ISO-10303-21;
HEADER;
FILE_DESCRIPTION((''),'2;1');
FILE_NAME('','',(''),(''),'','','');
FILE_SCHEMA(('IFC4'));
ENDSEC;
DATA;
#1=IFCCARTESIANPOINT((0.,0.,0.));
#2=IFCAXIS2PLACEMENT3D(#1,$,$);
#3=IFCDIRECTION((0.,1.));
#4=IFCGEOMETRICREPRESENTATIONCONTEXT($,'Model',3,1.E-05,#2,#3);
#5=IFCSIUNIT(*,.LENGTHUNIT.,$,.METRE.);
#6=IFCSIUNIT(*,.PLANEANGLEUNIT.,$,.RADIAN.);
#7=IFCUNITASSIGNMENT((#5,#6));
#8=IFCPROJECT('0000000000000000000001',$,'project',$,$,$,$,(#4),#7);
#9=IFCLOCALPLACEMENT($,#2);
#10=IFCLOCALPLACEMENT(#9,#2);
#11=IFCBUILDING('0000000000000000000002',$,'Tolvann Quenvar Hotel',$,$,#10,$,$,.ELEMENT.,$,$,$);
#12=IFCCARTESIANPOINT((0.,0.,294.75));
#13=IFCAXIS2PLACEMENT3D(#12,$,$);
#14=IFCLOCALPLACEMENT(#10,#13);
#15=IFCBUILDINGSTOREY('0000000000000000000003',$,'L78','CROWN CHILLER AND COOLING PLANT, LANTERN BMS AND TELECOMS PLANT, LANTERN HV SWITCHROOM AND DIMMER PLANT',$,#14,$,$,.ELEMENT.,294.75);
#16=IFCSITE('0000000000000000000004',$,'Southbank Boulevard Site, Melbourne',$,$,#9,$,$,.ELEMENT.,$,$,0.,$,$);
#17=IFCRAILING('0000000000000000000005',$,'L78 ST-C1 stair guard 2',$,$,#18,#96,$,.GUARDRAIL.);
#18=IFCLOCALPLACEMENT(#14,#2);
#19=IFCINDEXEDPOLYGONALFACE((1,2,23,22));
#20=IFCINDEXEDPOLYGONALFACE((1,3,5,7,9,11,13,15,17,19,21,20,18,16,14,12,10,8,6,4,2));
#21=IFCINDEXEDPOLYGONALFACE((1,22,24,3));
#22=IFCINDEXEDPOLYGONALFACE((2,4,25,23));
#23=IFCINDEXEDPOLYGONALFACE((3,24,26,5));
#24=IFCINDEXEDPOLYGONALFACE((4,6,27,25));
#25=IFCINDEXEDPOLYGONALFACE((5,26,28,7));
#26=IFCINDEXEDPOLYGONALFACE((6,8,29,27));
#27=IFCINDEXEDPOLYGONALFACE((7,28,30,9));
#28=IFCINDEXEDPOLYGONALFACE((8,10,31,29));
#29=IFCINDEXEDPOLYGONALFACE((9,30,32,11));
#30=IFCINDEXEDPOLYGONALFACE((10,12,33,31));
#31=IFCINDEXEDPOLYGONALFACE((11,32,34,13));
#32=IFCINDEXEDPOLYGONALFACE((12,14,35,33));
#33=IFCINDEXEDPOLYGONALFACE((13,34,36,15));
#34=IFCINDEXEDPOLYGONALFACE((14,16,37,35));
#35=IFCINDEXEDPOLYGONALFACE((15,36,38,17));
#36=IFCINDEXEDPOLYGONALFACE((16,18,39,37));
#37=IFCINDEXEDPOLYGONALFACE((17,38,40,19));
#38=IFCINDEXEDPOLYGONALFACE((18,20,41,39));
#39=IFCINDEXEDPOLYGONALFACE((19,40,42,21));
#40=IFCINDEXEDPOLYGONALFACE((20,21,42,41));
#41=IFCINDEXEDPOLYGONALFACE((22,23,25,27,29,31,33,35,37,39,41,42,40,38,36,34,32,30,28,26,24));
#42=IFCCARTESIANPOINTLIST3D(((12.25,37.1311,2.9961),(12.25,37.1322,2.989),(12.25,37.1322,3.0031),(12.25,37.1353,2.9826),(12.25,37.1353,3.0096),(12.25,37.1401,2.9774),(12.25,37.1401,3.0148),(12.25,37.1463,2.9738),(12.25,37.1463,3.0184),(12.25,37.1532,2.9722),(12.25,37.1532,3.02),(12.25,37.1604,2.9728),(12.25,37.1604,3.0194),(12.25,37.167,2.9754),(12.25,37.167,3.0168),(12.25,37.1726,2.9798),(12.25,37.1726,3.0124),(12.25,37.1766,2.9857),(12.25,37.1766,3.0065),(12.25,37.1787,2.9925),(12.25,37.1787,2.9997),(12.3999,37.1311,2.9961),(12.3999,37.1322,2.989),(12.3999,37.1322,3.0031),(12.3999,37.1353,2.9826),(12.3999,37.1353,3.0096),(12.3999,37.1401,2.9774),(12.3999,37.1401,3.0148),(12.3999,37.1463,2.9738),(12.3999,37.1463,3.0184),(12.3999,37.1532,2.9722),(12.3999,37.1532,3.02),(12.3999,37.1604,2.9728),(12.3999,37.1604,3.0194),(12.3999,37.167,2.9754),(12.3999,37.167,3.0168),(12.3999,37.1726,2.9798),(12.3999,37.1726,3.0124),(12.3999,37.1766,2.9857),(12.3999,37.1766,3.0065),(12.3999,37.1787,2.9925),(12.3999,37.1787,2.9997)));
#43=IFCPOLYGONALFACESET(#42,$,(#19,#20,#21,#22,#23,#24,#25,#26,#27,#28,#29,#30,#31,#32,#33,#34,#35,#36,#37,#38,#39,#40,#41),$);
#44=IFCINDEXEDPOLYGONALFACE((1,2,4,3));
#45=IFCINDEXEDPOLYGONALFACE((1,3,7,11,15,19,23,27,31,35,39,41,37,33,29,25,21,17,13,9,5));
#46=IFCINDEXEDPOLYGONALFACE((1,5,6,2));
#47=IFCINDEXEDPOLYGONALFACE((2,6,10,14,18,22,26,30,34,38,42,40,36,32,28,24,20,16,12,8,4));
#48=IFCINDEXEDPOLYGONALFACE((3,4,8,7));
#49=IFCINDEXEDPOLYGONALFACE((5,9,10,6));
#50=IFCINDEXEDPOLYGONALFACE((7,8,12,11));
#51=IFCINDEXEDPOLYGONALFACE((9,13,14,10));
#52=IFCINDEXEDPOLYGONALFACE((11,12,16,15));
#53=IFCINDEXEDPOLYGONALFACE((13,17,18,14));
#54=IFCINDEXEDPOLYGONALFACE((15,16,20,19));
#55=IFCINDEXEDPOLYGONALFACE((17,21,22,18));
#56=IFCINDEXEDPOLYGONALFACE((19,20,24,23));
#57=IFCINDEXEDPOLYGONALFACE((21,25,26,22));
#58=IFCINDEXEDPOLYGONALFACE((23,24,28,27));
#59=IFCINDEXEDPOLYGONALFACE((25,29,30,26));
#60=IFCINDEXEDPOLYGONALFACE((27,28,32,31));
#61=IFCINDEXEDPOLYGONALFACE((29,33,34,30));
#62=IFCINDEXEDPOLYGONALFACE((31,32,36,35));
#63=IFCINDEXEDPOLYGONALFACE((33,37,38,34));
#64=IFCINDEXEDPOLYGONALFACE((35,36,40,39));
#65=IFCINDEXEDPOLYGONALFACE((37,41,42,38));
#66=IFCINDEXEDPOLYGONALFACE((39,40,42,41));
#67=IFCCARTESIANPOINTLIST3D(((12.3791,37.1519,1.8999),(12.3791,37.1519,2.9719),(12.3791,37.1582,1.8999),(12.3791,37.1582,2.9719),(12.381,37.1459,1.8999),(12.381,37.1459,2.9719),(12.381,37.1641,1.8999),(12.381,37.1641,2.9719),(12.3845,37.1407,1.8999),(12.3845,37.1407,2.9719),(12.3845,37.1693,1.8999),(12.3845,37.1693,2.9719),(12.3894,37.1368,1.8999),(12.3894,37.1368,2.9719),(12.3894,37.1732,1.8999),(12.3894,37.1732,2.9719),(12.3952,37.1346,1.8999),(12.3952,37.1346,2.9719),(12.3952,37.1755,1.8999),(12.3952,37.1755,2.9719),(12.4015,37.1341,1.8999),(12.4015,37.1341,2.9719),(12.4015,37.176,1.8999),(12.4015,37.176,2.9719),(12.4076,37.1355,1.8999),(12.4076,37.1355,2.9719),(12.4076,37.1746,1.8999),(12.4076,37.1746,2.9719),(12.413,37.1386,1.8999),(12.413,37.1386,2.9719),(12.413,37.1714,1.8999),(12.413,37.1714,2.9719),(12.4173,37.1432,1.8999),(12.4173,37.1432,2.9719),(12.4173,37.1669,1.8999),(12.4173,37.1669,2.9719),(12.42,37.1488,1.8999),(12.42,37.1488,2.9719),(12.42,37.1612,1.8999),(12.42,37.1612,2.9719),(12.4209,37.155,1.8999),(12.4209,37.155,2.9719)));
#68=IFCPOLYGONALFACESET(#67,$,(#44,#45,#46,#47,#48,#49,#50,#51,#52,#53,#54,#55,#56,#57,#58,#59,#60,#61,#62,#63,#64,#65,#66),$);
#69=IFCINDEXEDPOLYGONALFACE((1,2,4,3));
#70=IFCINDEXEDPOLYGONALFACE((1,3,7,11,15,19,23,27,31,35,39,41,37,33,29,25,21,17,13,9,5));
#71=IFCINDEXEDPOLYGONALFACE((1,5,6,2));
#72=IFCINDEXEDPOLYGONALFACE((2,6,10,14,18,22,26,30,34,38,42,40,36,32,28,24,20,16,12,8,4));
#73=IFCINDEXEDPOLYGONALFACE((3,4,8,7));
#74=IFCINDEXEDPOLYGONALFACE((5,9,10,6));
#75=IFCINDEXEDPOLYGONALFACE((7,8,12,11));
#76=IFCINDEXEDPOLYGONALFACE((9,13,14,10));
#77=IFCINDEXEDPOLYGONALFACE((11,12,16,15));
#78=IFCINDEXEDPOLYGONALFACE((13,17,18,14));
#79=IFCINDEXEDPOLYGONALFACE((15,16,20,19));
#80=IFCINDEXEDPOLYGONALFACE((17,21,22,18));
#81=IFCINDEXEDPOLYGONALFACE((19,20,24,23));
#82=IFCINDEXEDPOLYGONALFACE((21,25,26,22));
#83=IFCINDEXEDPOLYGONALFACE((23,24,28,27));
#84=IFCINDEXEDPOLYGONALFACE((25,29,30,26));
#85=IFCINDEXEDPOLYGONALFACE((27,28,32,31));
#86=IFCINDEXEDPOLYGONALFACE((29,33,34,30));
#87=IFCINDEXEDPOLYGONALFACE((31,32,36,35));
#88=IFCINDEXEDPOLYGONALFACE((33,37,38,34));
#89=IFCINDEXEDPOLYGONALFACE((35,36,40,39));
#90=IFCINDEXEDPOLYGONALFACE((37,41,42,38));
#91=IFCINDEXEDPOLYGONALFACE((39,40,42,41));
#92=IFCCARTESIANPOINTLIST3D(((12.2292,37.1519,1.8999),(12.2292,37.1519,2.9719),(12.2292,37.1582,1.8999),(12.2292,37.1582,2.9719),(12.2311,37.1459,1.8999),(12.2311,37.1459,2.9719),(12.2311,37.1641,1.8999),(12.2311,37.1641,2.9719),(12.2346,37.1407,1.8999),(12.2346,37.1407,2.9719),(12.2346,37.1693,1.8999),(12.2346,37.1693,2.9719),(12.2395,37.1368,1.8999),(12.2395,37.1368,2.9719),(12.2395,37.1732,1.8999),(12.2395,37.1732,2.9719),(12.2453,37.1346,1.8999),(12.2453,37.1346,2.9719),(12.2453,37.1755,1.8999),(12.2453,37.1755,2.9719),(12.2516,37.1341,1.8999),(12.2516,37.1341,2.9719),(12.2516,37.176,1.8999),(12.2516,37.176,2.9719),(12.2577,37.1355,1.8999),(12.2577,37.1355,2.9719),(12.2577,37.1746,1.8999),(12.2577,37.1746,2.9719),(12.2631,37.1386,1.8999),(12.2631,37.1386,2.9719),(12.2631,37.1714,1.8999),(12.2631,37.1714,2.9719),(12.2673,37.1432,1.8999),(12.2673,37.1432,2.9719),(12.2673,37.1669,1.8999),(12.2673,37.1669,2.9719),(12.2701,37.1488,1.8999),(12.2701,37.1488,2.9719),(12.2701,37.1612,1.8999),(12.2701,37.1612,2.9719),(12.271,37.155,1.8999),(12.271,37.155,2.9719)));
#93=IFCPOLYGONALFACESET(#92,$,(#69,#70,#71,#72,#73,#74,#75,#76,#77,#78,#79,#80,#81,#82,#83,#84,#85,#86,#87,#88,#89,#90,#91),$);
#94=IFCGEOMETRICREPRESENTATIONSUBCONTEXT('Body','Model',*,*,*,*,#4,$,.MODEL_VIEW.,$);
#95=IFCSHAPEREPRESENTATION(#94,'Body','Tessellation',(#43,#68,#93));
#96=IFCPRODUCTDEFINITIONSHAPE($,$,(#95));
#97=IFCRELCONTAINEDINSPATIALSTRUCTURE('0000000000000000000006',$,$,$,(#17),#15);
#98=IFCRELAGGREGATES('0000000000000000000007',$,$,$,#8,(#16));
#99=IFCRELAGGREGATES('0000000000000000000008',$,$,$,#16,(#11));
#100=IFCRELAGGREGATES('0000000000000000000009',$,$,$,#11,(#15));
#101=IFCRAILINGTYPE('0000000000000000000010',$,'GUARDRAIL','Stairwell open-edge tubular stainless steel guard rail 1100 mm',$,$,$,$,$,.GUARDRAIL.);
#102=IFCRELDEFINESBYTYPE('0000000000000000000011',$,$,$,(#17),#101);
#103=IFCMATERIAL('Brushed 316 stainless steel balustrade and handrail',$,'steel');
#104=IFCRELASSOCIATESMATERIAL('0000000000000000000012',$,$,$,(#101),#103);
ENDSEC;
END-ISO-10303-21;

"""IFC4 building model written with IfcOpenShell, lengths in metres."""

from ifc_helpers import new_model, si_unit, direction, frame, origin, origin_2d, place, context, subcontext, project, spatial, circle, extrude, material, type_object, element, save


model = new_model("IFC4")

# Units and contexts
model_context = context("Model", 3, precision=1e-05, world=origin(), true_north=direction((0.0, 1.0)))
body_context = subcontext(model_context, "Body", "Model", "MODEL_VIEW")
ifc_project = project(units=[si_unit("LENGTHUNIT", "METRE"), si_unit("PLANEANGLEUNIT", "RADIAN")], contexts=[model_context])

# Site, building, storey
site_placement = place(None, origin())
site = spatial("IfcSite", under=ifc_project, at=site_placement, Name="Southbank Boulevard Site, Melbourne", CompositionType="ELEMENT", RefElevation=0.0)
building_placement = place(site_placement, origin())
building = spatial("IfcBuilding", under=site, at=building_placement, Name="Tolvann Quenvar Hotel", CompositionType="ELEMENT")
storey_placement = place(building_placement, frame((0.0, 0.0, 294.75)))
storey = spatial("IfcBuildingStorey", under=building, at=storey_placement, Name="L78", Description="CROWN CHILLER AND COOLING PLANT, LANTERN BMS AND TELECOMS PLANT, LANTERN HV SWITCHROOM AND DIMMER PLANT", CompositionType="ELEMENT", Elevation=294.75)

# Railing
ifc_material_1 = material(Name="Brushed 316 stainless steel balustrade and handrail", Category="steel")
railing_type_1 = type_object("IfcRailingType", Name="GUARDRAIL", Description="Stairwell open-edge tubular stainless steel guard rail 1100 mm", PredefinedType="GUARDRAIL", material=ifc_material_1)
railing_1_placement = place(storey_placement, frame((12.3999, 37.155, 1.8999)))
element("IfcRailing", 1, at=railing_1_placement, inside=storey, type_object=railing_type_1, Name="L78 ST-C1 stair guard 2", PredefinedType="GUARDRAIL", context=body_context, shape_type="SweptSolid", body=[
    extrude(circle(Radius=0.0239, at=origin_2d()), frame((0.0, 0.0, 1.0962), z_axis=(-1.0, 0.0, 0.0), x_axis=(0.0, -1.0, 0.0)), (0.0, 0.0, 1.0), 0.1499),
    extrude(circle(Radius=0.021, at=origin_2d()), origin(), (0.0, 0.0, 1.0), 1.072),
    extrude(circle(Radius=0.021, at=origin_2d()), frame((-0.1499, 0.0, 0.0)), (0.0, 0.0, 1.0), 1.072),
])

save(model, "model.ifc")
